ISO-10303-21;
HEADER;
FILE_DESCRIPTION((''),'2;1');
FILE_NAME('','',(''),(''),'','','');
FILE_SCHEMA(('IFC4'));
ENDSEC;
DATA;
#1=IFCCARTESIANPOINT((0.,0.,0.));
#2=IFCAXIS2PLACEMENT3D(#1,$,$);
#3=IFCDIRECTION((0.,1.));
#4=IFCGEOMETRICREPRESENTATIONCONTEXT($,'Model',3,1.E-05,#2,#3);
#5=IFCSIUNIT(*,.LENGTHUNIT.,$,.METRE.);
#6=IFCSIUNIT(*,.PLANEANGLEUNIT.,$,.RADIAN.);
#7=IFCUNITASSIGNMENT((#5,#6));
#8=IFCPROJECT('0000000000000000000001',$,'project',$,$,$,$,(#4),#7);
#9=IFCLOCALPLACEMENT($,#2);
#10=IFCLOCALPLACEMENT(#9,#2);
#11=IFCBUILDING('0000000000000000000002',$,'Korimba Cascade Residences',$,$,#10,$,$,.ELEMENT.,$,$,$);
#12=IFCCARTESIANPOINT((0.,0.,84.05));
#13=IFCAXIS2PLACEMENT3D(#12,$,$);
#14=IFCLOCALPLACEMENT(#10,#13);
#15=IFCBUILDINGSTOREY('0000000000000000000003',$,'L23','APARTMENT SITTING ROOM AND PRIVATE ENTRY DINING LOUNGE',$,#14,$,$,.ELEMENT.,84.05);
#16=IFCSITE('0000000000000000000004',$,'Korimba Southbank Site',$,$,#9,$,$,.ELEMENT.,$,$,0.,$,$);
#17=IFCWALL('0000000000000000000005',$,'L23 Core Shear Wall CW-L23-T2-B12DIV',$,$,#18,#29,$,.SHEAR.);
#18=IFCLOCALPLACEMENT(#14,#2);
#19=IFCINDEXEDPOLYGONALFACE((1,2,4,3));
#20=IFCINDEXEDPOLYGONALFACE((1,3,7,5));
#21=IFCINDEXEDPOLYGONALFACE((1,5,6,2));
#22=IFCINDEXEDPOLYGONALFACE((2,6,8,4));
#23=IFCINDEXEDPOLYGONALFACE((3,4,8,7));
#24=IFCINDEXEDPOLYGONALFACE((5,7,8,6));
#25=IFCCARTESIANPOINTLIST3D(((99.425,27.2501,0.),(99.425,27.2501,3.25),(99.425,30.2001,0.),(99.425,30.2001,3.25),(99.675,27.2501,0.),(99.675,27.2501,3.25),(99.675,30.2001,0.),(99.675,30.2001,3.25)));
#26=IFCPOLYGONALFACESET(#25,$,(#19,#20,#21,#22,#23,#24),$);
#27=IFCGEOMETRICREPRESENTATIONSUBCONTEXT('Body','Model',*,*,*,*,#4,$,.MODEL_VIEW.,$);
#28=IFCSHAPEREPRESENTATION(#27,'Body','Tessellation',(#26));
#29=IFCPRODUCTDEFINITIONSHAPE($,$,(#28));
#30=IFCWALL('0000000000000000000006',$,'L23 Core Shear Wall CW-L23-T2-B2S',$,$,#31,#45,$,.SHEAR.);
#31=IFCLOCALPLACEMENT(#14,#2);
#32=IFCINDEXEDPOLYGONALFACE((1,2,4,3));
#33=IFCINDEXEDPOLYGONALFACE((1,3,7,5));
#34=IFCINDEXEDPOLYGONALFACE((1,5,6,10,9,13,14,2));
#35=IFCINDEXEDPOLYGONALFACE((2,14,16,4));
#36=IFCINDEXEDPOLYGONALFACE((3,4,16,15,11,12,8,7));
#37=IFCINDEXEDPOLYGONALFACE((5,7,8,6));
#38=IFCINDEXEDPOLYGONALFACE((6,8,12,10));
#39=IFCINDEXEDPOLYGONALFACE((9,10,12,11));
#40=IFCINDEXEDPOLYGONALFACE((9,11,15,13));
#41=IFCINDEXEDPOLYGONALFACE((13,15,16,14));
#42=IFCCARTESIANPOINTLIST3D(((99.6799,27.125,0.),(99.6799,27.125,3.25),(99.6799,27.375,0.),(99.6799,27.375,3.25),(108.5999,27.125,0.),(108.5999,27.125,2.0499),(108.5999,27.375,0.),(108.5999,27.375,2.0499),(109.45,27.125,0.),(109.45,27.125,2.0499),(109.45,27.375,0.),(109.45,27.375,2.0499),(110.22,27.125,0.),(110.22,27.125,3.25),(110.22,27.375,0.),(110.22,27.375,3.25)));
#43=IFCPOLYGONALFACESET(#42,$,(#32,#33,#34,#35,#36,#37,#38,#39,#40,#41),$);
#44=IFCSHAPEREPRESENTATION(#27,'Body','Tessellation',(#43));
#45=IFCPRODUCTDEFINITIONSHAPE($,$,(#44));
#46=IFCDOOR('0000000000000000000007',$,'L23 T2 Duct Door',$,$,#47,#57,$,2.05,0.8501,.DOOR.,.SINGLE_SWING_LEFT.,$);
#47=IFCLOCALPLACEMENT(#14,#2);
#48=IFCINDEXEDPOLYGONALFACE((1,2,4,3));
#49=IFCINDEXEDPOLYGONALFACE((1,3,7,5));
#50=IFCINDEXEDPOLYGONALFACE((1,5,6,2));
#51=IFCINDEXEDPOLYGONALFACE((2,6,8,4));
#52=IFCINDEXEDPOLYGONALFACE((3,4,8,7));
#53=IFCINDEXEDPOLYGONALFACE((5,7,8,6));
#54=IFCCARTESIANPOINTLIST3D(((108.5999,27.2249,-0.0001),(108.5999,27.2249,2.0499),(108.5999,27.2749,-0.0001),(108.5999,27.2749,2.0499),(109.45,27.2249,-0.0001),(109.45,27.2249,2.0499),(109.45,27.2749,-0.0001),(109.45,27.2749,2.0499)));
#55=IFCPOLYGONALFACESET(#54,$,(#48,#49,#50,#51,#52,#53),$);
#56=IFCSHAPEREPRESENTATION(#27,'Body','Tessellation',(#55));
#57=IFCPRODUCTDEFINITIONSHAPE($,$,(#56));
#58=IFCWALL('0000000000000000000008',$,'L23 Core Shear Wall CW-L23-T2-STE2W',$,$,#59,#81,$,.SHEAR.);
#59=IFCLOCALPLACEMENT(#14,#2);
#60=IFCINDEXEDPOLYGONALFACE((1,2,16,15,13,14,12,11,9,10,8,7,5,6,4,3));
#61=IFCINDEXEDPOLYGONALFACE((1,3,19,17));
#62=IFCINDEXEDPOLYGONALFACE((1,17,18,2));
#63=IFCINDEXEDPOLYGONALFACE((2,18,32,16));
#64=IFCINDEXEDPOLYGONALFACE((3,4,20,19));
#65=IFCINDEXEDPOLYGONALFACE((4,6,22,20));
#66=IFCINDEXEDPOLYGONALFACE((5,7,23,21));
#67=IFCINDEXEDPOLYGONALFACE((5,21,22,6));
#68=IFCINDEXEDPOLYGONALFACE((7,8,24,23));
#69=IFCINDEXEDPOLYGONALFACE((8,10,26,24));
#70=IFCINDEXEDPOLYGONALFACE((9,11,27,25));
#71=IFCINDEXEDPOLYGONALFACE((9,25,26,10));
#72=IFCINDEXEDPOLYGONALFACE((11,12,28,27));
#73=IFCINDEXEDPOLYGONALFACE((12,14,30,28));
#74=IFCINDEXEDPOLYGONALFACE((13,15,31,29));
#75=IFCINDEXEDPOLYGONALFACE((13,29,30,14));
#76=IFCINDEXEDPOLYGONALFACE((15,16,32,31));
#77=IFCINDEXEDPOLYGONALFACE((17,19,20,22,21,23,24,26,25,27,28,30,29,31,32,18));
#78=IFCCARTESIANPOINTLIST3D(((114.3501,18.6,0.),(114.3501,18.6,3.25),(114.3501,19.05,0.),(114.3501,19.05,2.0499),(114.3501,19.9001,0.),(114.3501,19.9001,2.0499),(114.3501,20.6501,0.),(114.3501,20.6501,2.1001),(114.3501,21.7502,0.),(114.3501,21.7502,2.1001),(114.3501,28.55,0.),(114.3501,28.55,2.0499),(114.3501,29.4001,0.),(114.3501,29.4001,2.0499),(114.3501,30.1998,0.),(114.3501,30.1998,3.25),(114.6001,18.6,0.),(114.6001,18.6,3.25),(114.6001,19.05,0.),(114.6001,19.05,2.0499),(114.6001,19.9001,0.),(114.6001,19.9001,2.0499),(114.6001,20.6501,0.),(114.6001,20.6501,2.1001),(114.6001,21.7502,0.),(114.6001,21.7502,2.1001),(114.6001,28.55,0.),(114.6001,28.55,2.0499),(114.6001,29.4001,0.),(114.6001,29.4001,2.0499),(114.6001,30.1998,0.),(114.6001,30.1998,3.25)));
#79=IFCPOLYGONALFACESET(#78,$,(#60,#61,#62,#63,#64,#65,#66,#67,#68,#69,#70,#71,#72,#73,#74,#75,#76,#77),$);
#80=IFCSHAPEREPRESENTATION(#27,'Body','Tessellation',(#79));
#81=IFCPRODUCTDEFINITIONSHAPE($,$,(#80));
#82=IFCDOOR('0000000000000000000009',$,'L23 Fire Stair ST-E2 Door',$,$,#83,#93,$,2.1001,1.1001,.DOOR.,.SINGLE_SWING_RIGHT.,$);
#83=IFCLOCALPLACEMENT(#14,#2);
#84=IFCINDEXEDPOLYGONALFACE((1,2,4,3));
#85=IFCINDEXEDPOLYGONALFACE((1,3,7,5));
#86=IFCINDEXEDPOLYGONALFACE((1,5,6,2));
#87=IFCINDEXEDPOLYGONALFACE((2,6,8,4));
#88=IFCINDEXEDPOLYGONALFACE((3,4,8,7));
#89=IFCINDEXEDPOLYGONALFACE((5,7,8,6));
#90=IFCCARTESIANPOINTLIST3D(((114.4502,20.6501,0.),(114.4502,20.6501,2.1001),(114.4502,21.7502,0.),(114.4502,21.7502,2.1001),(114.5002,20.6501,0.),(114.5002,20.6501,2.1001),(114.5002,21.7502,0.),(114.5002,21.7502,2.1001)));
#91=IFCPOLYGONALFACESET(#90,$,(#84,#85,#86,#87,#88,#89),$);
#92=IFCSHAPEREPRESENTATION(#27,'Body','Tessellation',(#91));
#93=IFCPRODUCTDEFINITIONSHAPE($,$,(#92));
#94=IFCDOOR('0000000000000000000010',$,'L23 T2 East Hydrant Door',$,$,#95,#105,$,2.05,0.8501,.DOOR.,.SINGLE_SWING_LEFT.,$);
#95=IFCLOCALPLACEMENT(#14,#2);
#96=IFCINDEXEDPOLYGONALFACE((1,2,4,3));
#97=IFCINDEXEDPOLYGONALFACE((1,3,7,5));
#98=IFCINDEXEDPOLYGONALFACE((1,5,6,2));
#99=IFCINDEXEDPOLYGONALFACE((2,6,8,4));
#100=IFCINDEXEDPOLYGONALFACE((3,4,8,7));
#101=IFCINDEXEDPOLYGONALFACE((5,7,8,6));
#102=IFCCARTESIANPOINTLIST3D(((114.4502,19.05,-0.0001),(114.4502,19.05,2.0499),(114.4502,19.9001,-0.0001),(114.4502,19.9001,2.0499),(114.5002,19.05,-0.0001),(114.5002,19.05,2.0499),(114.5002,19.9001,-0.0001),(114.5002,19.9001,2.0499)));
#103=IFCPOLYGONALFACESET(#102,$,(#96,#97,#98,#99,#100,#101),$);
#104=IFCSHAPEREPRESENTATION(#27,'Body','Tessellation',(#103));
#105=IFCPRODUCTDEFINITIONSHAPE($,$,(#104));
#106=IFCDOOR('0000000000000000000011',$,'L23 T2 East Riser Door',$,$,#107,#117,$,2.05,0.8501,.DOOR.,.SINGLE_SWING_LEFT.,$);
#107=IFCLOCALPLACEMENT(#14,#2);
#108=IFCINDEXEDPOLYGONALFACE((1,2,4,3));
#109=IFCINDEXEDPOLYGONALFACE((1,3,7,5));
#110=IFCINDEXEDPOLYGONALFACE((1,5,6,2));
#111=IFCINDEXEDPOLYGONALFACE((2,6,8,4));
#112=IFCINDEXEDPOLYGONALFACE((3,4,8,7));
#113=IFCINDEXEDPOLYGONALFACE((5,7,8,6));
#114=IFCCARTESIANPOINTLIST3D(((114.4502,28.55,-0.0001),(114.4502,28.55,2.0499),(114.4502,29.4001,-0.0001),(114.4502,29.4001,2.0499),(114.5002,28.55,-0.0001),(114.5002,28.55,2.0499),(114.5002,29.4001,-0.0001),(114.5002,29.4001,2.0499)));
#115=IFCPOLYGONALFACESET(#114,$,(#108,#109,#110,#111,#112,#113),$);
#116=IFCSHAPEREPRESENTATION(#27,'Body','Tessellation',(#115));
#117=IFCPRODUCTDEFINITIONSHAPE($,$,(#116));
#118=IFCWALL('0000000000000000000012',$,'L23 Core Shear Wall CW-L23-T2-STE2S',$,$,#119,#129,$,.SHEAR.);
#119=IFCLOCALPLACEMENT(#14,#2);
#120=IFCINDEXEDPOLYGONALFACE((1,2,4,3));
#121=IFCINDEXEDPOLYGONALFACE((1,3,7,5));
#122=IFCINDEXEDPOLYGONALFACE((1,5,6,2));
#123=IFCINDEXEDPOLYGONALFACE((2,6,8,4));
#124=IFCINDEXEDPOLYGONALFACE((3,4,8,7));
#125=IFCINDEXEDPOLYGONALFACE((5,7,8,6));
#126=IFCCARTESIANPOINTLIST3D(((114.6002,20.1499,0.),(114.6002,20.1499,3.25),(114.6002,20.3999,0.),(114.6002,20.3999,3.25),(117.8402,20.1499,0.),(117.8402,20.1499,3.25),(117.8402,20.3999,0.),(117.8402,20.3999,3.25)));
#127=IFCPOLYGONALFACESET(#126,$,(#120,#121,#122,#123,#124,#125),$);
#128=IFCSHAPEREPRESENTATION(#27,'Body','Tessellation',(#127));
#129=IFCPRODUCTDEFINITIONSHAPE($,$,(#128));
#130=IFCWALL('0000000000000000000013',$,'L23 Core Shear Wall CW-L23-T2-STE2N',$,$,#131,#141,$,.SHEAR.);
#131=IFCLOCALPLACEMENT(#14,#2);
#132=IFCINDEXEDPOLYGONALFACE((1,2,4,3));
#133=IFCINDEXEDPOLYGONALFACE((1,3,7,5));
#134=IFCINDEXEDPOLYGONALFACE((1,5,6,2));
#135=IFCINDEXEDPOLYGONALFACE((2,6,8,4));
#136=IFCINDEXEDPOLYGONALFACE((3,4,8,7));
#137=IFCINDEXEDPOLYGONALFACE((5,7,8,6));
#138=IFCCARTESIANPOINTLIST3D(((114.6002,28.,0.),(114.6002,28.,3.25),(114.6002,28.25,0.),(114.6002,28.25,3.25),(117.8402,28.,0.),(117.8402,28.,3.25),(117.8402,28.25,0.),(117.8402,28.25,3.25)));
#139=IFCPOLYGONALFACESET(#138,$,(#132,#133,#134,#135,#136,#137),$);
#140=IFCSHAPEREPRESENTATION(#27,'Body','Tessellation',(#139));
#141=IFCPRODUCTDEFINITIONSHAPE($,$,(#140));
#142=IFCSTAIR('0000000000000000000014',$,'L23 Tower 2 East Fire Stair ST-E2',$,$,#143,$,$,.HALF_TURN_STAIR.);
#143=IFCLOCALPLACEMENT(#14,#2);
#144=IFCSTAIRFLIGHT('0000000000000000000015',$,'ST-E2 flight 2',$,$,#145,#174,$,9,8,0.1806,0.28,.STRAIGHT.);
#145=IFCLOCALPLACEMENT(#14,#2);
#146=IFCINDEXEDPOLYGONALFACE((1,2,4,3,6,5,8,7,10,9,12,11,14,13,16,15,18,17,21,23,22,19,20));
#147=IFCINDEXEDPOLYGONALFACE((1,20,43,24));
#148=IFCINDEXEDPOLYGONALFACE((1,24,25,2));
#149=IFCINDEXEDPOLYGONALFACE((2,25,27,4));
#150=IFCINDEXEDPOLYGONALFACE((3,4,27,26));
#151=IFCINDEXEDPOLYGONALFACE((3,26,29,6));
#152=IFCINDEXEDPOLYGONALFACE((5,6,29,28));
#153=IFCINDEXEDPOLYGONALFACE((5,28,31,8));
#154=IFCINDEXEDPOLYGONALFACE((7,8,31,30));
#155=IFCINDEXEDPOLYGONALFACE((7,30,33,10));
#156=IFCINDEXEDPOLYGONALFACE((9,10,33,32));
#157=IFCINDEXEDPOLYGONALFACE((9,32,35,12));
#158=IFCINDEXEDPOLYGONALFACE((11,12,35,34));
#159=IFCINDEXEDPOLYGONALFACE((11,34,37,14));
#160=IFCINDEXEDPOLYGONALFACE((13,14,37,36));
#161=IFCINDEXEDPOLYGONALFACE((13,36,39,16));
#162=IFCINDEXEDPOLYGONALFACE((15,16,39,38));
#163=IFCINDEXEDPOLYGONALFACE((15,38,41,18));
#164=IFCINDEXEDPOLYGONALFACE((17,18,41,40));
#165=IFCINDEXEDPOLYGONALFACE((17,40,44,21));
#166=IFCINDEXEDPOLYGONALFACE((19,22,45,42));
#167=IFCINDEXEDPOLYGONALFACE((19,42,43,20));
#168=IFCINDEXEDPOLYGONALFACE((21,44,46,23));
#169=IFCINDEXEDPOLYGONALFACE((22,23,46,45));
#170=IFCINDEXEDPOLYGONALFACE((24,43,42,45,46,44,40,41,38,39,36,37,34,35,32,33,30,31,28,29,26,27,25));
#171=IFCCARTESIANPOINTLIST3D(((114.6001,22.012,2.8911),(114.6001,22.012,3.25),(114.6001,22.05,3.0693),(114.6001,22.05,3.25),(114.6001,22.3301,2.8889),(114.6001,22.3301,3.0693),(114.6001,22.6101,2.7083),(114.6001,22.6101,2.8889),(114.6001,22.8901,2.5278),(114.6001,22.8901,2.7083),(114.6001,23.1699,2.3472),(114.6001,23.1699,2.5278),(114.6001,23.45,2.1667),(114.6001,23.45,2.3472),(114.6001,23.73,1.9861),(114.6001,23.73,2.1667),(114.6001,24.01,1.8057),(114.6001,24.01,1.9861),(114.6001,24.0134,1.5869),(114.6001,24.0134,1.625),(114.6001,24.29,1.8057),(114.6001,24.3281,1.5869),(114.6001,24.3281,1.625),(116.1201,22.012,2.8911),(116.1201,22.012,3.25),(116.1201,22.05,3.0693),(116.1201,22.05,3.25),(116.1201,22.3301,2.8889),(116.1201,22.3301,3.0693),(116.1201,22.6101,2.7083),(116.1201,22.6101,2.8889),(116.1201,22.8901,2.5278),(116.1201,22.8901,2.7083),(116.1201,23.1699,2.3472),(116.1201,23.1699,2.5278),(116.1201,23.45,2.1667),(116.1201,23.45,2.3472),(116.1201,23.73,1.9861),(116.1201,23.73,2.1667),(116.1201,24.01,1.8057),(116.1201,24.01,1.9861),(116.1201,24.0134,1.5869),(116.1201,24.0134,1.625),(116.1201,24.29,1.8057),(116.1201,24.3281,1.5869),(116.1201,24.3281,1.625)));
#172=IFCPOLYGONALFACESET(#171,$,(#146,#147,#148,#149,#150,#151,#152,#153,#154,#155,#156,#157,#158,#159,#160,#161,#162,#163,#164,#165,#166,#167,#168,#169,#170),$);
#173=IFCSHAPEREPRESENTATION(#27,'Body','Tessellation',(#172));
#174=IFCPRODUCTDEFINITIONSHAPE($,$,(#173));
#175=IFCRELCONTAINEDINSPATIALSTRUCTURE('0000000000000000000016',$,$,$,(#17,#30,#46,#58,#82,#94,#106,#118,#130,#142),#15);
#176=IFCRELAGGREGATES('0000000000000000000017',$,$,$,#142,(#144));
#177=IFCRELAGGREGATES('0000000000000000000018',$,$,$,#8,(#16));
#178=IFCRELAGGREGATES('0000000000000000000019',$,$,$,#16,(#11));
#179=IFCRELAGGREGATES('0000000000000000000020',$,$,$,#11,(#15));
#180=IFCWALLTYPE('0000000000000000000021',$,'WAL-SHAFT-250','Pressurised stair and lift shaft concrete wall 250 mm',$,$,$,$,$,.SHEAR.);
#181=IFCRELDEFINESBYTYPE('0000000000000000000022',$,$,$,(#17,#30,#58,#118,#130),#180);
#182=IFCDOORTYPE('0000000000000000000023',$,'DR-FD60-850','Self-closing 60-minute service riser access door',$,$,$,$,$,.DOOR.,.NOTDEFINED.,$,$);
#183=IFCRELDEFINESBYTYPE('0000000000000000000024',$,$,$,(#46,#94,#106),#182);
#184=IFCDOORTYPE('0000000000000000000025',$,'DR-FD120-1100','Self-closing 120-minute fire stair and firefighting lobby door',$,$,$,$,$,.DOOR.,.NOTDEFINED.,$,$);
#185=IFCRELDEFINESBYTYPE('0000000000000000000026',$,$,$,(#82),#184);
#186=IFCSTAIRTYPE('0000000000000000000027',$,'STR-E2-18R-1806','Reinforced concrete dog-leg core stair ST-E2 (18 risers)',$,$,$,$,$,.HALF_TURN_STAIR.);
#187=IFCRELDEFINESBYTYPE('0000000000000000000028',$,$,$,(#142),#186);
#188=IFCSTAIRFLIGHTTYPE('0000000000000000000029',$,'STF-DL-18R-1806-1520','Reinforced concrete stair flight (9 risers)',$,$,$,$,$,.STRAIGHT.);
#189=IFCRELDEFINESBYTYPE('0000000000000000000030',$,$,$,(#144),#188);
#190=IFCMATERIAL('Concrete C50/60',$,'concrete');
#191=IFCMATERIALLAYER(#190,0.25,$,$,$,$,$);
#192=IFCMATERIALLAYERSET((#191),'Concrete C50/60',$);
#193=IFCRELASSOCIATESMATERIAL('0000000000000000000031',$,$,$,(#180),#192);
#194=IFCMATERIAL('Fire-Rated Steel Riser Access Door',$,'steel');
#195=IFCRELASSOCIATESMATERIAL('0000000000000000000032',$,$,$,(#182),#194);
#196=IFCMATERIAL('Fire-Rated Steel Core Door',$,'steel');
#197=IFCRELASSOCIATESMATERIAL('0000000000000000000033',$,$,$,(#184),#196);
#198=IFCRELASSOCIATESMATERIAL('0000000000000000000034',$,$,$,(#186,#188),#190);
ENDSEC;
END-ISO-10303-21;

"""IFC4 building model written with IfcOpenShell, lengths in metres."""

from ifc_helpers import new_model, si_unit, direction, frame, frame_2d, origin, place, context, subcontext, project, spatial, polyline, rectangle, outline, extrude, material, layer, layer_set, type_object, element, fill, aggregate, save


model = new_model("IFC4")

# Units and contexts
model_context = context("Model", 3, precision=1e-05, world=origin(), true_north=direction((0.0, 1.0)))
body_context = subcontext(model_context, "Body", "Model", "MODEL_VIEW")
ifc_project = project(units=[si_unit("LENGTHUNIT", "METRE"), si_unit("PLANEANGLEUNIT", "RADIAN")], contexts=[model_context])

# Site, building, storey
site_placement = place(None, origin())
site = spatial("IfcSite", under=ifc_project, at=site_placement, Name="Korimba Southbank Site", CompositionType="ELEMENT", RefElevation=0.0)
building_placement = place(site_placement, origin())
building = spatial("IfcBuilding", under=site, at=building_placement, Name="Korimba Cascade Residences", CompositionType="ELEMENT")
storey_placement = place(building_placement, frame((0.0, 0.0, 84.05)))
storey = spatial("IfcBuildingStorey", under=building, at=storey_placement, Name="L23", Description="APARTMENT SITTING ROOM AND PRIVATE ENTRY DINING LOUNGE", CompositionType="ELEMENT", Elevation=84.05)

# Wall
ifc_material_1 = material(Name="Concrete C50/60", Category="concrete")
ifc_layer_1 = layer(ifc_material_1, 0.25)
ifc_layer_set_1 = layer_set([ifc_layer_1], Name="Concrete C50/60")
wall_type_1 = type_object("IfcWallType", Name="WAL-SHAFT-250", Description="Pressurised stair and lift shaft concrete wall 250 mm", PredefinedType="SHEAR", material=ifc_layer_set_1)
wall_1_placement = place(storey_placement, frame((99.55, 27.25, 0.0), z_axis=(0.0, 0.0, 1.0), x_axis=(0.0, 1.0, 0.0)))
element("IfcWall", 1, at=wall_1_placement, inside=storey, type_object=wall_type_1, Name="L23 Core Shear Wall CW-L23-T2-B12DIV", PredefinedType="SHEAR", context=body_context, shape_type="SweptSolid", body=[
    extrude(rectangle(XDim=2.95, YDim=0.25, at=frame_2d((1.4751, 0.0))), origin(), (0.0, 0.0, 1.0), 3.25),
])

# Wall, opening, door
wall_2_placement = place(storey_placement, frame((99.6799, 27.25, 0.0), z_axis=(0.0, 0.0, 1.0), x_axis=(1.0, 0.0, 0.0)))
wall_2 = element("IfcWall", 2, at=wall_2_placement, inside=storey, type_object=wall_type_1, Name="L23 Core Shear Wall CW-L23-T2-B2S", PredefinedType="SHEAR", context=body_context, shape_type="SweptSolid", body=[
    extrude(rectangle(XDim=10.54, YDim=0.25, at=frame_2d((5.27, 0.0))), origin(), (0.0, 0.0, 1.0), 3.25),
])
opening_1_placement = place(wall_2_placement, frame((8.9199, 0.0, 0.0)))
opening_1 = element("IfcOpeningElement", 3, at=opening_1_placement, cuts=wall_2, PredefinedType="OPENING", context=body_context, shape_type="SweptSolid", body=[
    extrude(rectangle(XDim=0.8501, YDim=2.05, at=frame_2d((0.425, 1.0249))), frame((0.0, 0.135, 0.0), z_axis=(0.0, -1.0, 0.0), x_axis=(1.0, 0.0, 0.0)), (0.0, 0.0, 1.0), 0.27),
])
ifc_material_2 = material(Name="Fire-Rated Steel Riser Access Door", Category="steel")
door_type_1 = type_object("IfcDoorType", Name="DR-FD60-850", Description="Self-closing 60-minute service riser access door", OperationType="NOTDEFINED", PredefinedType="DOOR", material=ifc_material_2)
door_1_placement = place(opening_1_placement, origin())
door_1 = element("IfcDoor", 4, at=door_1_placement, inside=storey, type_object=door_type_1, Name="L23 T2 Duct Door", OperationType="SINGLE_SWING_LEFT", OverallHeight=2.05, OverallWidth=0.8501, PredefinedType="DOOR", context=body_context, shape_type="SweptSolid", body=[
    extrude(rectangle(XDim=0.8501, YDim=2.05, at=frame_2d((0.425, 1.0249))), frame((0.0, 0.0249, 0.0), z_axis=(0.0, -1.0, 0.0), x_axis=(1.0, 0.0, 0.0)), (0.0, 0.0, 1.0), 0.05),
])
fill(opening_1, door_1)

# Wall, openings, doors
wall_3_placement = place(storey_placement, frame((114.4751, 18.6001, 0.0), z_axis=(0.0, 0.0, 1.0), x_axis=(0.0, 1.0, 0.0)))
wall_3 = element("IfcWall", 5, at=wall_3_placement, inside=storey, type_object=wall_type_1, Name="L23 Core Shear Wall CW-L23-T2-STE2W", PredefinedType="SHEAR", context=body_context, shape_type="SweptSolid", body=[
    extrude(rectangle(XDim=11.5999, YDim=0.25, at=frame_2d((5.7998, 0.0))), origin(), (0.0, 0.0, 1.0), 3.25),
])
opening_2_placement = place(wall_3_placement, frame((0.45, 0.0, 0.0)))
opening_2 = element("IfcOpeningElement", 6, at=opening_2_placement, cuts=wall_3, PredefinedType="OPENING", context=body_context, shape_type="SweptSolid", body=[
    extrude(rectangle(XDim=0.8501, YDim=2.05, at=frame_2d((0.425, 1.0249))), frame((0.0, 0.135, 0.0), z_axis=(0.0, -1.0, 0.0), x_axis=(1.0, 0.0, 0.0)), (0.0, 0.0, 1.0), 0.27),
])
opening_3_placement = place(wall_3_placement, frame((2.05, 0.0, 0.0)))
opening_3 = element("IfcOpeningElement", 7, at=opening_3_placement, cuts=wall_3, PredefinedType="OPENING", context=body_context, shape_type="SweptSolid", body=[
    extrude(rectangle(XDim=1.1001, YDim=2.1001, at=frame_2d((0.55, 1.05))), frame((0.0, 0.135, 0.0), z_axis=(0.0, -1.0, 0.0), x_axis=(1.0, 0.0, 0.0)), (0.0, 0.0, 1.0), 0.27),
])
opening_4_placement = place(wall_3_placement, frame((9.95, 0.0, 0.0)))
opening_4 = element("IfcOpeningElement", 8, at=opening_4_placement, cuts=wall_3, PredefinedType="OPENING", context=body_context, shape_type="SweptSolid", body=[
    extrude(rectangle(XDim=0.8501, YDim=2.05, at=frame_2d((0.425, 1.0249))), frame((0.0, 0.135, 0.0), z_axis=(0.0, -1.0, 0.0), x_axis=(1.0, 0.0, 0.0)), (0.0, 0.0, 1.0), 0.27),
])
ifc_material_3 = material(Name="Fire-Rated Steel Core Door", Category="steel")
door_type_2 = type_object("IfcDoorType", Name="DR-FD120-1100", Description="Self-closing 120-minute fire stair and firefighting lobby door", OperationType="NOTDEFINED", PredefinedType="DOOR", material=ifc_material_3)
door_2_placement = place(opening_3_placement, origin())
door_2 = element("IfcDoor", 9, at=door_2_placement, inside=storey, type_object=door_type_2, Name="L23 Fire Stair ST-E2 Door", OperationType="SINGLE_SWING_RIGHT", OverallHeight=2.1001, OverallWidth=1.1001, PredefinedType="DOOR", context=body_context, shape_type="SweptSolid", body=[
    extrude(rectangle(XDim=1.1001, YDim=2.1001, at=frame_2d((0.55, 1.05))), frame((0.0, 0.0249, 0.0), z_axis=(0.0, -1.0, 0.0), x_axis=(1.0, 0.0, 0.0)), (0.0, 0.0, 1.0), 0.05),
])
fill(opening_3, door_2)
door_3_placement = place(opening_2_placement, origin())
door_3 = element("IfcDoor", 10, at=door_3_placement, inside=storey, type_object=door_type_1, Name="L23 T2 East Hydrant Door", OperationType="SINGLE_SWING_LEFT", OverallHeight=2.05, OverallWidth=0.8501, PredefinedType="DOOR", context=body_context, shape_type="SweptSolid", body=[
    extrude(rectangle(XDim=0.8501, YDim=2.05, at=frame_2d((0.425, 1.0249))), frame((0.0, 0.0249, 0.0), z_axis=(0.0, -1.0, 0.0), x_axis=(1.0, 0.0, 0.0)), (0.0, 0.0, 1.0), 0.05),
])
fill(opening_2, door_3)
door_4_placement = place(opening_4_placement, origin())
door_4 = element("IfcDoor", 11, at=door_4_placement, inside=storey, type_object=door_type_1, Name="L23 T2 East Riser Door", OperationType="SINGLE_SWING_LEFT", OverallHeight=2.05, OverallWidth=0.8501, PredefinedType="DOOR", context=body_context, shape_type="SweptSolid", body=[
    extrude(rectangle(XDim=0.8501, YDim=2.05, at=frame_2d((0.425, 1.0249))), frame((0.0, 0.0249, 0.0), z_axis=(0.0, -1.0, 0.0), x_axis=(1.0, 0.0, 0.0)), (0.0, 0.0, 1.0), 0.05),
])
fill(opening_4, door_4)

# Walls
for number, where, z_axis, x_axis, name in (
    (12, (114.6001, 20.2749, 0.0), (0.0, 0.0, 1.0), (1.0, 0.0, 0.0), "L23 Core Shear Wall CW-L23-T2-STE2S"),
    (13, (114.6001, 28.125, 0.0), (0.0, 0.0, 1.0), (1.0, 0.0, 0.0), "L23 Core Shear Wall CW-L23-T2-STE2N"),
):
    element("IfcWall", number, at=place(storey_placement, frame(where, z_axis=z_axis, x_axis=x_axis)), inside=storey, type_object=wall_type_1, Name=name, PredefinedType="SHEAR", context=body_context, shape_type="SweptSolid", body=[
        extrude(rectangle(XDim=3.24, YDim=0.25, at=frame_2d((1.6201, 0.0))), origin(), (0.0, 0.0, 1.0), 3.25),
    ])

# Stair, stair flight
stair_type = type_object("IfcStairType", Name="STR-E2-18R-1806", Description="Reinforced concrete dog-leg core stair ST-E2 (18 risers)", PredefinedType="HALF_TURN_STAIR", material=ifc_material_1)
stair_placement = place(storey_placement, origin())
stair = element("IfcStair", 14, at=stair_placement, inside=storey, type_object=stair_type, Name="L23 Tower 2 East Fire Stair ST-E2", PredefinedType="HALF_TURN_STAIR")
stair_flight_type = type_object("IfcStairFlightType", Name="STF-DL-18R-1806-1520", Description="Reinforced concrete stair flight (9 risers)", PredefinedType="STRAIGHT", material=ifc_material_1)
stair_flight_placement = place(storey_placement, frame((115.3601, 24.29, 1.625), z_axis=(0.0, 0.0, 1.0), x_axis=(0.0, -1.0, 0.0)))
stair_flight = element("IfcStairFlight", 15, at=stair_flight_placement, type_object=stair_flight_type, Name="ST-E2 flight 2", NumberOfRisers=9, NumberOfTreads=8, PredefinedType="STRAIGHT", RiserHeight=0.1806, TreadLength=0.28, context=body_context, shape_type="SweptSolid", body=[
    extrude(outline(polyline([(-0.0381, 0.0), (0.0, 0.1807), (0.28, 0.1807), (0.28, 0.3611), (0.5601, 0.3611), (0.5601, 0.5417), (0.8401, 0.5417), (0.8401, 0.7222), (1.1201, 0.7222), (1.1201, 0.9028), (1.3999, 0.9028), (1.3999, 1.0833), (1.6799, 1.0833), (1.6799, 1.2639), (1.96, 1.2639), (1.96, 1.4443), (2.24, 1.4443), (2.24, 1.625), (2.2781, 1.625), (2.2781, 1.2661), (0.2766, 0.0), (0.2766, -0.0381), (-0.0381, -0.0381), (-0.0381, 0.0)])), frame((0.0, 0.76, 0.0), z_axis=(0.0, -1.0, 0.0), x_axis=(1.0, 0.0, 0.0)), (0.0, 0.0, 1.0), 1.52),
])
aggregate(stair, [stair_flight])

save(model, "model.ifc")
